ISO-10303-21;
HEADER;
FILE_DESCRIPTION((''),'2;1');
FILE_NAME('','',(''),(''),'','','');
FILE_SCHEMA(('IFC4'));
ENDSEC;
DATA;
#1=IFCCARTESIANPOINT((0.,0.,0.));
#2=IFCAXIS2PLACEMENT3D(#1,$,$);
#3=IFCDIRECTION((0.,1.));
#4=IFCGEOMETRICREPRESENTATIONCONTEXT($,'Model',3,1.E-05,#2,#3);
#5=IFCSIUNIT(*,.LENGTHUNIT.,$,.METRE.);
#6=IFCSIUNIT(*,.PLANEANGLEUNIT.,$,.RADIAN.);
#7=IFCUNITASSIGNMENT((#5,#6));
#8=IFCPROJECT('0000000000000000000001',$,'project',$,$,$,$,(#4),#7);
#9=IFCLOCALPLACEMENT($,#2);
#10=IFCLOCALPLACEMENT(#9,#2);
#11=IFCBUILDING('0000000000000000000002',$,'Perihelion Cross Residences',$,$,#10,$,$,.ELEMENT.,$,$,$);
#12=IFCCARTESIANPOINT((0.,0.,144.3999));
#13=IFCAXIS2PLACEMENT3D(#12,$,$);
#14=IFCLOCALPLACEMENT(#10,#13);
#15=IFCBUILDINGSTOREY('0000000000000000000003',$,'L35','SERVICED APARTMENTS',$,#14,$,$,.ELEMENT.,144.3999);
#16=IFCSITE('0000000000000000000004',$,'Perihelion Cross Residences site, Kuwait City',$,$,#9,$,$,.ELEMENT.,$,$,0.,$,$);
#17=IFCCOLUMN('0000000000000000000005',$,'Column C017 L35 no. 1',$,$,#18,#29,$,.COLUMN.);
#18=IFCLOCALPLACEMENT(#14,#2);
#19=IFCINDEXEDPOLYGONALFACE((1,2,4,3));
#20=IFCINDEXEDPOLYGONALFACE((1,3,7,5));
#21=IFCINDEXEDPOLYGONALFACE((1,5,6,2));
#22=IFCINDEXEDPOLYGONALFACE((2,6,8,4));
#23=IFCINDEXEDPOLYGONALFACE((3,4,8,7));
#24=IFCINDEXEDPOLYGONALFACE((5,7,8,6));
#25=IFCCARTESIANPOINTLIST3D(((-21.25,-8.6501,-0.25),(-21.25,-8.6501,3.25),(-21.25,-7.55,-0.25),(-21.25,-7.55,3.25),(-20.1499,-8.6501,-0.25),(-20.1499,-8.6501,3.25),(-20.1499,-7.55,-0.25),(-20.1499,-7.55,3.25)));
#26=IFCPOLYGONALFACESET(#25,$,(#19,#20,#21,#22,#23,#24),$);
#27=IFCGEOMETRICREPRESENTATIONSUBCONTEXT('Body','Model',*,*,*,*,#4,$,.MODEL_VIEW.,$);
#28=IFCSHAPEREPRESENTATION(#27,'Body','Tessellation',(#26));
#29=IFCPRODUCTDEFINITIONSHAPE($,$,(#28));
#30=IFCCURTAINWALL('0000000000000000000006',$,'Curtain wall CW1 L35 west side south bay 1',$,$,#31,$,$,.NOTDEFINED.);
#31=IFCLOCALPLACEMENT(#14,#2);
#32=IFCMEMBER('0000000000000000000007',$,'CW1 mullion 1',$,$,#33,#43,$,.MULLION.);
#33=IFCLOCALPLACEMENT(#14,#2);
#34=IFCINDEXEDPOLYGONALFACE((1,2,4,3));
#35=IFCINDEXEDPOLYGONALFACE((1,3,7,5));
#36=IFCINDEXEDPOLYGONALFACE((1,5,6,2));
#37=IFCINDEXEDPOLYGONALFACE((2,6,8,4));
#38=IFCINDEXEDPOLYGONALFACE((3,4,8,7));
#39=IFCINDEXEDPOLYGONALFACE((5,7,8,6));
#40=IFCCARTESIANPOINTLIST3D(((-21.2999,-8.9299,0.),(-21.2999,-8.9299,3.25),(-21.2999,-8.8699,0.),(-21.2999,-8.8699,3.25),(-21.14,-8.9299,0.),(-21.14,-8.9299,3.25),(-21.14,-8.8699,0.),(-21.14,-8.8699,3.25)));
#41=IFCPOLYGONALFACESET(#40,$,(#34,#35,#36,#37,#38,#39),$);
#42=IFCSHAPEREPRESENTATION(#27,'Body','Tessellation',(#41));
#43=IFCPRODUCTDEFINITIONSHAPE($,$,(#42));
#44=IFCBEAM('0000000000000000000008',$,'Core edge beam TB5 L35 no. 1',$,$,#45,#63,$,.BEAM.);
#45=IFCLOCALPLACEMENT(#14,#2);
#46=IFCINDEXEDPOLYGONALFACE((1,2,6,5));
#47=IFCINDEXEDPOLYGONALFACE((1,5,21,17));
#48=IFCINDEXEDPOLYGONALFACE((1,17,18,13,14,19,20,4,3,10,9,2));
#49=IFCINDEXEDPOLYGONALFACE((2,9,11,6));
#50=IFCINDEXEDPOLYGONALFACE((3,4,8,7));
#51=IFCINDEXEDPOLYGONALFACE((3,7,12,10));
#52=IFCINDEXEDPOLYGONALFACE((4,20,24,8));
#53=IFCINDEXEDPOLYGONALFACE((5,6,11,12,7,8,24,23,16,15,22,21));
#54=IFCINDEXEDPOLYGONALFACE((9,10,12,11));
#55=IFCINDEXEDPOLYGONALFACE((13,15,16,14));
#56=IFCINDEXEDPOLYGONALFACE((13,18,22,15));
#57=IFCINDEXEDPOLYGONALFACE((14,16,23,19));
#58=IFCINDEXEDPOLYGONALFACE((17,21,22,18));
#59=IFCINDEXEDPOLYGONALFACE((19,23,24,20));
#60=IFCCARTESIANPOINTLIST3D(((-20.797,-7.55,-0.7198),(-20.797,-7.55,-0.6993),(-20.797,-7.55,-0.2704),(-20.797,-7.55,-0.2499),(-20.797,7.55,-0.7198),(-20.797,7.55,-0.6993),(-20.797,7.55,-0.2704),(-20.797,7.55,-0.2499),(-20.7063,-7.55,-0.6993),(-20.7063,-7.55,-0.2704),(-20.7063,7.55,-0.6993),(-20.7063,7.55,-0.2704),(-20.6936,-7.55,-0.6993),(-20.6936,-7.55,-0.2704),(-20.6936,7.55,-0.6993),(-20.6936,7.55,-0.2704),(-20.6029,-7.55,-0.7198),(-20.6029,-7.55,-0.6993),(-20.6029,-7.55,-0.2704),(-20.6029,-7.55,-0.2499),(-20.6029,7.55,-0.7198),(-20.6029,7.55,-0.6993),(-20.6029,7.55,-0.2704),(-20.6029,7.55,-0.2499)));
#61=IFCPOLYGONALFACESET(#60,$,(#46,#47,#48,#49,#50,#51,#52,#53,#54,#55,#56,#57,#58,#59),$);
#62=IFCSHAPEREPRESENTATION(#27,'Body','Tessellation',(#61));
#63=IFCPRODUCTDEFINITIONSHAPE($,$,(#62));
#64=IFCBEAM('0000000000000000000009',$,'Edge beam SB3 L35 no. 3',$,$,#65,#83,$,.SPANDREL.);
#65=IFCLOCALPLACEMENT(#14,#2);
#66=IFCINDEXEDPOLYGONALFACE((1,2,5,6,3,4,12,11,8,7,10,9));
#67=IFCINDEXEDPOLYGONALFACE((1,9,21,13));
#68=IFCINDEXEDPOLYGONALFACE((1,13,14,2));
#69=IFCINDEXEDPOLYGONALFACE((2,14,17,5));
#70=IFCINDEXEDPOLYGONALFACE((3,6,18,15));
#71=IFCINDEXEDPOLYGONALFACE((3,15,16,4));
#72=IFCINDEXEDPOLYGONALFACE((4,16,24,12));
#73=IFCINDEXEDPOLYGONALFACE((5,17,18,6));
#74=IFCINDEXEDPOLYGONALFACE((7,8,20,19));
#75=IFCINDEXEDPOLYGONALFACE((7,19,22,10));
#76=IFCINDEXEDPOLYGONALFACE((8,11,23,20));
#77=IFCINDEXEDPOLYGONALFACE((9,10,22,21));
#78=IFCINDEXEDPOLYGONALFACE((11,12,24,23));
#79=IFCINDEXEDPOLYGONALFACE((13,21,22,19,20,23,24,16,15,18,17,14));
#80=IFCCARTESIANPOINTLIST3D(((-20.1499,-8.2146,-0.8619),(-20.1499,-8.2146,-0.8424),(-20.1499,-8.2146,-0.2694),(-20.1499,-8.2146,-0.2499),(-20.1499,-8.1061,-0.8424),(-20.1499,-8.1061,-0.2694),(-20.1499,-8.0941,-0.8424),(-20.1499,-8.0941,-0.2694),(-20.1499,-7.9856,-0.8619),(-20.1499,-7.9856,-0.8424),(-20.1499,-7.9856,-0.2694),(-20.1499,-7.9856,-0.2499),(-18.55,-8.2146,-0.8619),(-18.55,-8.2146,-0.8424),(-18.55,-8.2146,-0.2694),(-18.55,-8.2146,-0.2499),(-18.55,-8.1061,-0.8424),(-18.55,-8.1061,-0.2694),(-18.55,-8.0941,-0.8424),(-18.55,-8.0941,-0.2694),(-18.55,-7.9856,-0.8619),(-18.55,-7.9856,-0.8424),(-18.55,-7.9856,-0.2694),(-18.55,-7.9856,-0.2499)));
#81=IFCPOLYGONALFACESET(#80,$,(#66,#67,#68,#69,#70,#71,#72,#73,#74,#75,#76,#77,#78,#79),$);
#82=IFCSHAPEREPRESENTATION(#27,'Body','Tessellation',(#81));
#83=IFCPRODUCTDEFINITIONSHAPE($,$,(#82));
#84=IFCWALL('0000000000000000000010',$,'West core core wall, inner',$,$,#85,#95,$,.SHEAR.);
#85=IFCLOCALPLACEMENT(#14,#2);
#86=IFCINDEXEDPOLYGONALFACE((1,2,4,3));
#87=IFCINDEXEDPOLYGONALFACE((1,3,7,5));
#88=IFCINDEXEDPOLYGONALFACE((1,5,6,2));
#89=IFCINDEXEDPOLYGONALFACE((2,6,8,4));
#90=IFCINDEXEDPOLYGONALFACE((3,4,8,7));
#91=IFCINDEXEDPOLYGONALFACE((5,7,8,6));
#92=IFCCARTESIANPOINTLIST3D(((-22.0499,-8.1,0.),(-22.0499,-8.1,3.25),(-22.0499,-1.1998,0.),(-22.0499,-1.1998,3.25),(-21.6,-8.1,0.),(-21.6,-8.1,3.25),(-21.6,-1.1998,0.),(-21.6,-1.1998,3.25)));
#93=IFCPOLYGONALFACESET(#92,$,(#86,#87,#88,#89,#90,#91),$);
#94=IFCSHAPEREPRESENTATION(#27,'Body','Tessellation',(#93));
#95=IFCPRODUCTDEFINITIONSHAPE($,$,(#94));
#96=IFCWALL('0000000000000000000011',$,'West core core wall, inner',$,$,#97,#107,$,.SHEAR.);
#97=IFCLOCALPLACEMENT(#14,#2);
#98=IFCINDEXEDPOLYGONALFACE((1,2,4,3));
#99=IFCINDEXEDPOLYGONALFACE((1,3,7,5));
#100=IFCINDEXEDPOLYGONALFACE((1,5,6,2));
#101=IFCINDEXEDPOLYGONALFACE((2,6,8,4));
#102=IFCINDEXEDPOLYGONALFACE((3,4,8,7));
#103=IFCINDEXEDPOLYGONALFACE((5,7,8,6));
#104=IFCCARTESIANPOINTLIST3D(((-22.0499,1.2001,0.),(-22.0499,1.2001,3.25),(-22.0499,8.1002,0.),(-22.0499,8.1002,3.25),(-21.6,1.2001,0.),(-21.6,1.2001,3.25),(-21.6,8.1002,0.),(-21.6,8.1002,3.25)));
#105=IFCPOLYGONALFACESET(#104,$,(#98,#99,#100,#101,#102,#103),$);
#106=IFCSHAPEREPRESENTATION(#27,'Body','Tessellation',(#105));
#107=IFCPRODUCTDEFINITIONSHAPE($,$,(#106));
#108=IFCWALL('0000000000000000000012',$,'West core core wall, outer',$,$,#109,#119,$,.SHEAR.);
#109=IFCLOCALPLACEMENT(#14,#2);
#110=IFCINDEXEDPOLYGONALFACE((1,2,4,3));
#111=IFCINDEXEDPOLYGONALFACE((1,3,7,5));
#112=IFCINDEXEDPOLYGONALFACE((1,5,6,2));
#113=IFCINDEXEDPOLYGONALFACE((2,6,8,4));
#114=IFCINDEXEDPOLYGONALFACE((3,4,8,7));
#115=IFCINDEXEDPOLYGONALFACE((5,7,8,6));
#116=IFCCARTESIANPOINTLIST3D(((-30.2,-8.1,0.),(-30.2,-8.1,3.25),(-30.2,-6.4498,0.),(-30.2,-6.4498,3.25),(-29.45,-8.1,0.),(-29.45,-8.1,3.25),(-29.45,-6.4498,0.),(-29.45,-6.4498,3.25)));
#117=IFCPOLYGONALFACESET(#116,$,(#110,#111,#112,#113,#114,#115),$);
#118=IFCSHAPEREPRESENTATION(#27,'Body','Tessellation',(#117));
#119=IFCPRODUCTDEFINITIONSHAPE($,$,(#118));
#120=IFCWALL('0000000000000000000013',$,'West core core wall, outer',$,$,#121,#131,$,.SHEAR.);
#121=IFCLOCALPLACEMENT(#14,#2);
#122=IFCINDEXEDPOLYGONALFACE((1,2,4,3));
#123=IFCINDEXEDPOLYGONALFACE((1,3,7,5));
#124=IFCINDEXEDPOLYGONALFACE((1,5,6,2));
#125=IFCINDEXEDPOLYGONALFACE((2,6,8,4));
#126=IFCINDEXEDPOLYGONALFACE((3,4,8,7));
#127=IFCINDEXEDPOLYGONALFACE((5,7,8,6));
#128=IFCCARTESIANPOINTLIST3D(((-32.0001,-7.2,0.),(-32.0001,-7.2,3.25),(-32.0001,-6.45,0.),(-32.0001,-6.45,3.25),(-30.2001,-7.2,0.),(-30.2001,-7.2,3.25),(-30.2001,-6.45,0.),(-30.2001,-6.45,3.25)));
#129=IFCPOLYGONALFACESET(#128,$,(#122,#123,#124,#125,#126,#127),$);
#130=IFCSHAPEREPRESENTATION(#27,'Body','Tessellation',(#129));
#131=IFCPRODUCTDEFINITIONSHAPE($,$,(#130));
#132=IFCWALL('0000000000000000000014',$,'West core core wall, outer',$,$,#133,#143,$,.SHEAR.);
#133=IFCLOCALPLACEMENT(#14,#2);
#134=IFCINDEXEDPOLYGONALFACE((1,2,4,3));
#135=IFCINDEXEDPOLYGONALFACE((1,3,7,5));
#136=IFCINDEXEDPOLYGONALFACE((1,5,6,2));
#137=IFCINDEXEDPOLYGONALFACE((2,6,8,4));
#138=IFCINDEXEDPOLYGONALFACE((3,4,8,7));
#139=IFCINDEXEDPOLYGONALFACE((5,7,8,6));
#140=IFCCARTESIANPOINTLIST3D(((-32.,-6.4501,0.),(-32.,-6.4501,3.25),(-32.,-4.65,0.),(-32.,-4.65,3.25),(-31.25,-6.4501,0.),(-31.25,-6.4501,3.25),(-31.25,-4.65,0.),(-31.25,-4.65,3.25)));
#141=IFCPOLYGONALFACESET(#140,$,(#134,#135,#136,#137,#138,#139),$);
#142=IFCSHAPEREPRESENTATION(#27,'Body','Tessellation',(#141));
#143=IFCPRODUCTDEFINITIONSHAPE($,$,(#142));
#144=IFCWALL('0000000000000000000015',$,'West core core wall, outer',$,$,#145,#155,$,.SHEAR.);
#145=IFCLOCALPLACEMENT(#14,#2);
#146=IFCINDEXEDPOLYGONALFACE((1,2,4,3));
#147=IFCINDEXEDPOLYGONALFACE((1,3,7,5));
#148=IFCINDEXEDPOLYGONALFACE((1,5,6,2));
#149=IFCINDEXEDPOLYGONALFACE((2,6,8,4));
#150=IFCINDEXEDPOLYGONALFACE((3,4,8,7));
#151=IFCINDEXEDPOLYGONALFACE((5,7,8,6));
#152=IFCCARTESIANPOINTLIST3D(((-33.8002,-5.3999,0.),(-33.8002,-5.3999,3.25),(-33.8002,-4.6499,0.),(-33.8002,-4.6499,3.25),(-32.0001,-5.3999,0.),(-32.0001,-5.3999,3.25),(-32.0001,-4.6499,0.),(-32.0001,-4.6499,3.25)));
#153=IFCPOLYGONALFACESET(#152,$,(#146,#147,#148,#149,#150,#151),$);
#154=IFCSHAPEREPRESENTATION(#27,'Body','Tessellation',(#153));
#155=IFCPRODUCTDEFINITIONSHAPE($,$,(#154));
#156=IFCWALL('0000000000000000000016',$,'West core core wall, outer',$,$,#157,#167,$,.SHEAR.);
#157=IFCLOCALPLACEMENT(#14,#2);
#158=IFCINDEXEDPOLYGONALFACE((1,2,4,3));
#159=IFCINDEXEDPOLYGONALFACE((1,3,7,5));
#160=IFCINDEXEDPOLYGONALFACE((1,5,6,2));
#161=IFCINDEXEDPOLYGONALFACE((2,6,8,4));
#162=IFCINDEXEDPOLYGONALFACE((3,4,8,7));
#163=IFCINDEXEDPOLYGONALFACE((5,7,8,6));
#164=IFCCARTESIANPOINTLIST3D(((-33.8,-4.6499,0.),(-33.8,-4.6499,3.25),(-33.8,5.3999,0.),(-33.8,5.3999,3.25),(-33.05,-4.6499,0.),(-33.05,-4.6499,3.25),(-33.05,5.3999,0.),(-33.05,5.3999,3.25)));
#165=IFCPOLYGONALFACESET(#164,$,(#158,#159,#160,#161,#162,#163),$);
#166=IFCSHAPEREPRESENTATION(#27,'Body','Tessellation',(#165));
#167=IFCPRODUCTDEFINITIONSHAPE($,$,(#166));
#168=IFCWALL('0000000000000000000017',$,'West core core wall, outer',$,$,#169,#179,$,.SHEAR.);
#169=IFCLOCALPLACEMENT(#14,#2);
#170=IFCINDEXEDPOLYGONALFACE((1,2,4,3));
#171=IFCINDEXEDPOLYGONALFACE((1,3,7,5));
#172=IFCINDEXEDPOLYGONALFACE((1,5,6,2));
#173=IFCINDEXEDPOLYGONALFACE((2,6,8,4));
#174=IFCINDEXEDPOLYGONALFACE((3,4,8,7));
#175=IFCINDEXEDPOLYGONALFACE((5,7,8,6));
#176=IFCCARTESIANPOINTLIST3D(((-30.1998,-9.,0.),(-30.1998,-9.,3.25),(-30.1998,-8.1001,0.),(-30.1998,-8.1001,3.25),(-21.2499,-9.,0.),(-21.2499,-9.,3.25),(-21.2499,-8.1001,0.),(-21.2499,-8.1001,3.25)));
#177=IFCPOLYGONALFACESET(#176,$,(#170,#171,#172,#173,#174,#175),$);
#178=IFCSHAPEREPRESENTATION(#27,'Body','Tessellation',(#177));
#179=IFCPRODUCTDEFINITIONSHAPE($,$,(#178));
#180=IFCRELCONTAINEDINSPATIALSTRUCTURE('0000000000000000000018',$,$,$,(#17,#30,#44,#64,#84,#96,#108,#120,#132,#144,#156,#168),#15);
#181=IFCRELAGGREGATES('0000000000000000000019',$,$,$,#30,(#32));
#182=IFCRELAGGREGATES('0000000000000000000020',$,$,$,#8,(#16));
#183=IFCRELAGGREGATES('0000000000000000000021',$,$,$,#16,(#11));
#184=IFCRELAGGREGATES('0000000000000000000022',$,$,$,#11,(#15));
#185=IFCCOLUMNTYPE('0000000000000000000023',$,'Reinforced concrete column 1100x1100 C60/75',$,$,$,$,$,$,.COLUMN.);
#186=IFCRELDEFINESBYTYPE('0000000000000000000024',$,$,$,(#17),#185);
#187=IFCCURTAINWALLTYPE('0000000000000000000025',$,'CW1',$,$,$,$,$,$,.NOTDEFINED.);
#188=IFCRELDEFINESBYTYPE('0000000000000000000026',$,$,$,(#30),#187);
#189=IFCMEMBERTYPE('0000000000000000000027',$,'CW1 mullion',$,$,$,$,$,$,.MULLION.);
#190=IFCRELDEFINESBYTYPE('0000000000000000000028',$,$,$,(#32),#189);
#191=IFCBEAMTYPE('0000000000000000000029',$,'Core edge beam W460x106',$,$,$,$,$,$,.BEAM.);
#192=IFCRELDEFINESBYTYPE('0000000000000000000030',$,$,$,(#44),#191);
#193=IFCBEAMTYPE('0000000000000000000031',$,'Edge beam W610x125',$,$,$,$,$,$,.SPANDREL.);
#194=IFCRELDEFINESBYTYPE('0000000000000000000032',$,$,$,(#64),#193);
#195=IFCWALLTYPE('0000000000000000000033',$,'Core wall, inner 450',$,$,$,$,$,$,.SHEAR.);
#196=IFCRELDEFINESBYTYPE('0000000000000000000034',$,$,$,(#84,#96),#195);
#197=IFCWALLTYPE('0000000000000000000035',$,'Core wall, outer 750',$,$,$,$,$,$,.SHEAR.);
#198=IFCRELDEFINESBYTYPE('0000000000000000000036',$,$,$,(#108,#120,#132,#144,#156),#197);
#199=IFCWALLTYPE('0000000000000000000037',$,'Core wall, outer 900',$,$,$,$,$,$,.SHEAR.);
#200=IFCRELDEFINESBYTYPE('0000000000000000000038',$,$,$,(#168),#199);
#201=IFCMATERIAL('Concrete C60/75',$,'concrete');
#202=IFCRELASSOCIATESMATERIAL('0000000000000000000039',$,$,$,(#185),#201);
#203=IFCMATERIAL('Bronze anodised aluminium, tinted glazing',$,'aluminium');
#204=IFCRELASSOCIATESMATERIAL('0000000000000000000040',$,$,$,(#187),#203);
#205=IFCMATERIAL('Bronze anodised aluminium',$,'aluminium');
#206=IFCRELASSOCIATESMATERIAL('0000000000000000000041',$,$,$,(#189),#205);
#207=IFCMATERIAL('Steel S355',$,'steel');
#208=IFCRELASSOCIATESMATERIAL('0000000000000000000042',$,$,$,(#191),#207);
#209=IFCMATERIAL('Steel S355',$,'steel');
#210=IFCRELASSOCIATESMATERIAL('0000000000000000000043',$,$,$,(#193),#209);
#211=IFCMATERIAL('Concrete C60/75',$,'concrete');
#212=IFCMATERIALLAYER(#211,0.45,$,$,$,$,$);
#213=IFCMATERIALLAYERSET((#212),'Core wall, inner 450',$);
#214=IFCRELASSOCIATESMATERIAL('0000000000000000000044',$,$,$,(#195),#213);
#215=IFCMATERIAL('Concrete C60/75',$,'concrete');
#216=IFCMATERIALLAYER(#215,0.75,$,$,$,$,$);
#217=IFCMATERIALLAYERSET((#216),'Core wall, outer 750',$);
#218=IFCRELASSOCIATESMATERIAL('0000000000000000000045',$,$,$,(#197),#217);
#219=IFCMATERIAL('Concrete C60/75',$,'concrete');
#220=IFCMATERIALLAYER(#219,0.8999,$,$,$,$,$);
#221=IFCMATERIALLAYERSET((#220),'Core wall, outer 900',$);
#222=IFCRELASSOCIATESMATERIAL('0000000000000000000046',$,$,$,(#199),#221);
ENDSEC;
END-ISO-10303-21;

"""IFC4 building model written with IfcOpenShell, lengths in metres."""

from ifc_helpers import new_model, si_unit, direction, frame, frame_2d, origin, origin_2d, place, context, subcontext, project, spatial, rectangle, i_section, extrude, material, layer, layer_set, material_profile, profile_set, type_object, element, aggregate, save


model = new_model("IFC4")

# Units and contexts
model_context = context("Model", 3, precision=1e-05, world=origin(), true_north=direction((0.0, 1.0)))
body_context = subcontext(model_context, "Body", "Model", "MODEL_VIEW")
ifc_project = project(units=[si_unit("LENGTHUNIT", "METRE"), si_unit("PLANEANGLEUNIT", "RADIAN")], contexts=[model_context])

# Site, building, storey
site_placement = place(None, origin())
site = spatial("IfcSite", under=ifc_project, at=site_placement, Name="Perihelion Cross Residences site, Kuwait City", CompositionType="ELEMENT", RefElevation=0.0)
building_placement = place(site_placement, origin())
building = spatial("IfcBuilding", under=site, at=building_placement, Name="Perihelion Cross Residences", CompositionType="ELEMENT")
storey_placement = place(building_placement, frame((0.0, 0.0, 144.3999)))
storey = spatial("IfcBuildingStorey", under=building, at=storey_placement, Name="L35", Description="SERVICED APARTMENTS", CompositionType="ELEMENT", Elevation=144.3999)

# Column
ifc_material_1 = material(Name="Concrete C60/75", Category="concrete")
ifc_material_profile_1 = material_profile(ifc_material_1, rectangle(XDim=1.1001, YDim=1.1001, at=origin_2d()), Name="RC 1100x1100")
ifc_profile_set_1 = profile_set([ifc_material_profile_1], Name="Concrete C60/75")
column_type = type_object("IfcColumnType", Name="Reinforced concrete column 1100x1100 C60/75", PredefinedType="COLUMN", material=ifc_profile_set_1)
column_placement = place(storey_placement, frame((-20.7, -8.1001, -0.25), z_axis=(0.0, 0.0, 1.0), x_axis=(1.0, 0.0, 0.0)))
element("IfcColumn", 1, at=column_placement, inside=storey, type_object=column_type, Name="Column C017 L35 no. 1", PredefinedType="COLUMN", context=body_context, shape_type="SweptSolid", body=[
    extrude(rectangle(XDim=1.1001, YDim=1.1001, at=origin_2d()), origin(), (0.0, 0.0, 1.0), 3.5),
])

# Curtain wall, member
ifc_material_2 = material(Name="Bronze anodised aluminium, tinted glazing", Category="aluminium")
curtain_wall_type = type_object("IfcCurtainWallType", Name="CW1", PredefinedType="NOTDEFINED", material=ifc_material_2)
curtain_wall_placement = place(storey_placement, origin())
curtain_wall = element("IfcCurtainWall", 2, at=curtain_wall_placement, inside=storey, type_object=curtain_wall_type, Name="Curtain wall CW1 L35 west side south bay 1", PredefinedType="NOTDEFINED")
ifc_material_3 = material(Name="Bronze anodised aluminium", Category="aluminium")
ifc_material_profile_2 = material_profile(ifc_material_3, rectangle(XDim=0.0601, YDim=0.1599, at=origin_2d()), Name="CW1 mullion")
ifc_profile_set_2 = profile_set([ifc_material_profile_2], Name="Bronze anodised aluminium")
member_type = type_object("IfcMemberType", Name="CW1 mullion", PredefinedType="MULLION", material=ifc_profile_set_2)
member_placement = place(storey_placement, frame((-21.22, -8.8999, 0.0), z_axis=(0.0, 0.0, 1.0), x_axis=(0.0, 1.0, 0.0)))
member = element("IfcMember", 3, at=member_placement, type_object=member_type, Name="CW1 mullion 1", PredefinedType="MULLION", context=body_context, shape_type="SweptSolid", body=[
    extrude(rectangle(XDim=0.0601, YDim=0.1599, at=origin_2d()), origin(), (0.0, 0.0, 1.0), 3.25),
])
aggregate(curtain_wall, [member])

# Beams
ifc_material_4 = material(Name="Steel S355", Category="steel")
ifc_material_profile_3 = material_profile(ifc_material_4, i_section(OverallWidth=0.1941, OverallDepth=0.47, WebThickness=0.0127, FlangeThickness=0.0205, at=origin_2d()), Name="W460x106")
ifc_profile_set_3 = profile_set([ifc_material_profile_3], Name="Steel S355")
beam_type_1 = type_object("IfcBeamType", Name="Core edge beam W460x106", PredefinedType="BEAM", material=ifc_profile_set_3)
beam_1_placement = place(storey_placement, frame((-20.7, -7.55, -0.4849), z_axis=(0.0, 1.0, 0.0), x_axis=(-1.0, 0.0, 0.0)))
element("IfcBeam", 4, at=beam_1_placement, inside=storey, type_object=beam_type_1, Name="Core edge beam TB5 L35 no. 1", PredefinedType="BEAM", context=body_context, shape_type="SweptSolid", body=[
    extrude(i_section(OverallWidth=0.1941, OverallDepth=0.47, WebThickness=0.0127, FlangeThickness=0.0205, at=origin_2d()), origin(), (0.0, 0.0, 1.0), 15.1001),
])
ifc_material_5 = material(Name="Steel S355", Category="steel")
ifc_material_profile_4 = material_profile(ifc_material_5, i_section(OverallWidth=0.229, OverallDepth=0.6121, WebThickness=0.012, FlangeThickness=0.0195, at=origin_2d()), Name="W610x125")
ifc_profile_set_4 = profile_set([ifc_material_profile_4], Name="Steel S355")
beam_type_2 = type_object("IfcBeamType", Name="Edge beam W610x125", PredefinedType="SPANDREL", material=ifc_profile_set_4)
beam_2_placement = place(storey_placement, frame((-20.1499, -8.1001, -0.5559), z_axis=(1.0, 0.0, 0.0), x_axis=(0.0, 1.0, 0.0)))
element("IfcBeam", 5, at=beam_2_placement, inside=storey, type_object=beam_type_2, Name="Edge beam SB3 L35 no. 3", PredefinedType="SPANDREL", context=body_context, shape_type="SweptSolid", body=[
    extrude(i_section(OverallWidth=0.229, OverallDepth=0.6121, WebThickness=0.012, FlangeThickness=0.0195, at=origin_2d()), origin(), (0.0, 0.0, 1.0), 1.5999),
])

# Walls
ifc_material_6 = material(Name="Concrete C60/75", Category="concrete")
ifc_layer_1 = layer(ifc_material_6, 0.45)
ifc_layer_set_1 = layer_set([ifc_layer_1], Name="Core wall, inner 450")
wall_type_1 = type_object("IfcWallType", Name="Core wall, inner 450", PredefinedType="SHEAR", material=ifc_layer_set_1)
for number, where, z_axis, x_axis, name in (
    (6, (-21.825, -8.1001, 0.0), (0.0, 0.0, 1.0), (0.0, 1.0, 0.0), "West core core wall, inner"),
    (7, (-21.825, 1.2, 0.0), (0.0, 0.0, 1.0), (0.0, 1.0, 0.0), "West core core wall, inner"),
):
    element("IfcWall", number, at=place(storey_placement, frame(where, z_axis=z_axis, x_axis=x_axis)), inside=storey, type_object=wall_type_1, Name=name, PredefinedType="SHEAR", context=body_context, shape_type="SweptSolid", body=[
        extrude(rectangle(XDim=6.9001, YDim=0.45, at=frame_2d((3.4502, 0.0))), origin(), (0.0, 0.0, 1.0), 3.25),
    ])
ifc_material_7 = material(Name="Concrete C60/75", Category="concrete")
ifc_layer_2 = layer(ifc_material_7, 0.75)
ifc_layer_set_2 = layer_set([ifc_layer_2], Name="Core wall, outer 750")
wall_type_2 = type_object("IfcWallType", Name="Core wall, outer 750", PredefinedType="SHEAR", material=ifc_layer_set_2)
wall_1_placement = place(storey_placement, frame((-29.825, -8.1001, 0.0), z_axis=(0.0, 0.0, 1.0), x_axis=(0.0, 1.0, 0.0)))
element("IfcWall", 8, at=wall_1_placement, inside=storey, type_object=wall_type_2, Name="West core core wall, outer", PredefinedType="SHEAR", context=body_context, shape_type="SweptSolid", body=[
    extrude(rectangle(XDim=1.6501, YDim=0.75, at=frame_2d((0.8252, 0.0))), origin(), (0.0, 0.0, 1.0), 3.25),
])
for number, where, z_axis, x_axis, name in (
    (9, (-32.0, -6.825, 0.0), (0.0, 0.0, 1.0), (1.0, 0.0, 0.0), "West core core wall, outer"),
    (10, (-31.625, -6.45, 0.0), (0.0, 0.0, 1.0), (0.0, 1.0, 0.0), "West core core wall, outer"),
    (11, (-33.8, -5.0249, 0.0), (0.0, 0.0, 1.0), (1.0, 0.0, 0.0), "West core core wall, outer"),
):
    element("IfcWall", number, at=place(storey_placement, frame(where, z_axis=z_axis, x_axis=x_axis)), inside=storey, type_object=wall_type_2, Name=name, PredefinedType="SHEAR", context=body_context, shape_type="SweptSolid", body=[
        extrude(rectangle(XDim=1.8, YDim=0.75, at=frame_2d((0.8999, 0.0))), origin(), (0.0, 0.0, 1.0), 3.25),
    ])
wall_2_placement = place(storey_placement, frame((-33.425, -4.6499, 0.0), z_axis=(0.0, 0.0, 1.0), x_axis=(0.0, 1.0, 0.0)))
element("IfcWall", 12, at=wall_2_placement, inside=storey, type_object=wall_type_2, Name="West core core wall, outer", PredefinedType="SHEAR", context=body_context, shape_type="SweptSolid", body=[
    extrude(rectangle(XDim=10.0498, YDim=0.75, at=frame_2d((5.0249, 0.0))), origin(), (0.0, 0.0, 1.0), 3.25),
])
ifc_material_8 = material(Name="Concrete C60/75", Category="concrete")
ifc_layer_3 = layer(ifc_material_8, 0.8999)
ifc_layer_set_3 = layer_set([ifc_layer_3], Name="Core wall, outer 900")
wall_type_3 = type_object("IfcWallType", Name="Core wall, outer 900", PredefinedType="SHEAR", material=ifc_layer_set_3)
wall_3_placement = place(storey_placement, frame((-30.2, -8.55, 0.0), z_axis=(0.0, 0.0, 1.0), x_axis=(1.0, 0.0, 0.0)))
element("IfcWall", 13, at=wall_3_placement, inside=storey, type_object=wall_type_3, Name="West core core wall, outer", PredefinedType="SHEAR", context=body_context, shape_type="SweptSolid", body=[
    extrude(rectangle(XDim=8.95, YDim=0.8999, at=frame_2d((4.4751, 0.0))), origin(), (0.0, 0.0, 1.0), 3.25),
])

save(model, "model.ifc")
